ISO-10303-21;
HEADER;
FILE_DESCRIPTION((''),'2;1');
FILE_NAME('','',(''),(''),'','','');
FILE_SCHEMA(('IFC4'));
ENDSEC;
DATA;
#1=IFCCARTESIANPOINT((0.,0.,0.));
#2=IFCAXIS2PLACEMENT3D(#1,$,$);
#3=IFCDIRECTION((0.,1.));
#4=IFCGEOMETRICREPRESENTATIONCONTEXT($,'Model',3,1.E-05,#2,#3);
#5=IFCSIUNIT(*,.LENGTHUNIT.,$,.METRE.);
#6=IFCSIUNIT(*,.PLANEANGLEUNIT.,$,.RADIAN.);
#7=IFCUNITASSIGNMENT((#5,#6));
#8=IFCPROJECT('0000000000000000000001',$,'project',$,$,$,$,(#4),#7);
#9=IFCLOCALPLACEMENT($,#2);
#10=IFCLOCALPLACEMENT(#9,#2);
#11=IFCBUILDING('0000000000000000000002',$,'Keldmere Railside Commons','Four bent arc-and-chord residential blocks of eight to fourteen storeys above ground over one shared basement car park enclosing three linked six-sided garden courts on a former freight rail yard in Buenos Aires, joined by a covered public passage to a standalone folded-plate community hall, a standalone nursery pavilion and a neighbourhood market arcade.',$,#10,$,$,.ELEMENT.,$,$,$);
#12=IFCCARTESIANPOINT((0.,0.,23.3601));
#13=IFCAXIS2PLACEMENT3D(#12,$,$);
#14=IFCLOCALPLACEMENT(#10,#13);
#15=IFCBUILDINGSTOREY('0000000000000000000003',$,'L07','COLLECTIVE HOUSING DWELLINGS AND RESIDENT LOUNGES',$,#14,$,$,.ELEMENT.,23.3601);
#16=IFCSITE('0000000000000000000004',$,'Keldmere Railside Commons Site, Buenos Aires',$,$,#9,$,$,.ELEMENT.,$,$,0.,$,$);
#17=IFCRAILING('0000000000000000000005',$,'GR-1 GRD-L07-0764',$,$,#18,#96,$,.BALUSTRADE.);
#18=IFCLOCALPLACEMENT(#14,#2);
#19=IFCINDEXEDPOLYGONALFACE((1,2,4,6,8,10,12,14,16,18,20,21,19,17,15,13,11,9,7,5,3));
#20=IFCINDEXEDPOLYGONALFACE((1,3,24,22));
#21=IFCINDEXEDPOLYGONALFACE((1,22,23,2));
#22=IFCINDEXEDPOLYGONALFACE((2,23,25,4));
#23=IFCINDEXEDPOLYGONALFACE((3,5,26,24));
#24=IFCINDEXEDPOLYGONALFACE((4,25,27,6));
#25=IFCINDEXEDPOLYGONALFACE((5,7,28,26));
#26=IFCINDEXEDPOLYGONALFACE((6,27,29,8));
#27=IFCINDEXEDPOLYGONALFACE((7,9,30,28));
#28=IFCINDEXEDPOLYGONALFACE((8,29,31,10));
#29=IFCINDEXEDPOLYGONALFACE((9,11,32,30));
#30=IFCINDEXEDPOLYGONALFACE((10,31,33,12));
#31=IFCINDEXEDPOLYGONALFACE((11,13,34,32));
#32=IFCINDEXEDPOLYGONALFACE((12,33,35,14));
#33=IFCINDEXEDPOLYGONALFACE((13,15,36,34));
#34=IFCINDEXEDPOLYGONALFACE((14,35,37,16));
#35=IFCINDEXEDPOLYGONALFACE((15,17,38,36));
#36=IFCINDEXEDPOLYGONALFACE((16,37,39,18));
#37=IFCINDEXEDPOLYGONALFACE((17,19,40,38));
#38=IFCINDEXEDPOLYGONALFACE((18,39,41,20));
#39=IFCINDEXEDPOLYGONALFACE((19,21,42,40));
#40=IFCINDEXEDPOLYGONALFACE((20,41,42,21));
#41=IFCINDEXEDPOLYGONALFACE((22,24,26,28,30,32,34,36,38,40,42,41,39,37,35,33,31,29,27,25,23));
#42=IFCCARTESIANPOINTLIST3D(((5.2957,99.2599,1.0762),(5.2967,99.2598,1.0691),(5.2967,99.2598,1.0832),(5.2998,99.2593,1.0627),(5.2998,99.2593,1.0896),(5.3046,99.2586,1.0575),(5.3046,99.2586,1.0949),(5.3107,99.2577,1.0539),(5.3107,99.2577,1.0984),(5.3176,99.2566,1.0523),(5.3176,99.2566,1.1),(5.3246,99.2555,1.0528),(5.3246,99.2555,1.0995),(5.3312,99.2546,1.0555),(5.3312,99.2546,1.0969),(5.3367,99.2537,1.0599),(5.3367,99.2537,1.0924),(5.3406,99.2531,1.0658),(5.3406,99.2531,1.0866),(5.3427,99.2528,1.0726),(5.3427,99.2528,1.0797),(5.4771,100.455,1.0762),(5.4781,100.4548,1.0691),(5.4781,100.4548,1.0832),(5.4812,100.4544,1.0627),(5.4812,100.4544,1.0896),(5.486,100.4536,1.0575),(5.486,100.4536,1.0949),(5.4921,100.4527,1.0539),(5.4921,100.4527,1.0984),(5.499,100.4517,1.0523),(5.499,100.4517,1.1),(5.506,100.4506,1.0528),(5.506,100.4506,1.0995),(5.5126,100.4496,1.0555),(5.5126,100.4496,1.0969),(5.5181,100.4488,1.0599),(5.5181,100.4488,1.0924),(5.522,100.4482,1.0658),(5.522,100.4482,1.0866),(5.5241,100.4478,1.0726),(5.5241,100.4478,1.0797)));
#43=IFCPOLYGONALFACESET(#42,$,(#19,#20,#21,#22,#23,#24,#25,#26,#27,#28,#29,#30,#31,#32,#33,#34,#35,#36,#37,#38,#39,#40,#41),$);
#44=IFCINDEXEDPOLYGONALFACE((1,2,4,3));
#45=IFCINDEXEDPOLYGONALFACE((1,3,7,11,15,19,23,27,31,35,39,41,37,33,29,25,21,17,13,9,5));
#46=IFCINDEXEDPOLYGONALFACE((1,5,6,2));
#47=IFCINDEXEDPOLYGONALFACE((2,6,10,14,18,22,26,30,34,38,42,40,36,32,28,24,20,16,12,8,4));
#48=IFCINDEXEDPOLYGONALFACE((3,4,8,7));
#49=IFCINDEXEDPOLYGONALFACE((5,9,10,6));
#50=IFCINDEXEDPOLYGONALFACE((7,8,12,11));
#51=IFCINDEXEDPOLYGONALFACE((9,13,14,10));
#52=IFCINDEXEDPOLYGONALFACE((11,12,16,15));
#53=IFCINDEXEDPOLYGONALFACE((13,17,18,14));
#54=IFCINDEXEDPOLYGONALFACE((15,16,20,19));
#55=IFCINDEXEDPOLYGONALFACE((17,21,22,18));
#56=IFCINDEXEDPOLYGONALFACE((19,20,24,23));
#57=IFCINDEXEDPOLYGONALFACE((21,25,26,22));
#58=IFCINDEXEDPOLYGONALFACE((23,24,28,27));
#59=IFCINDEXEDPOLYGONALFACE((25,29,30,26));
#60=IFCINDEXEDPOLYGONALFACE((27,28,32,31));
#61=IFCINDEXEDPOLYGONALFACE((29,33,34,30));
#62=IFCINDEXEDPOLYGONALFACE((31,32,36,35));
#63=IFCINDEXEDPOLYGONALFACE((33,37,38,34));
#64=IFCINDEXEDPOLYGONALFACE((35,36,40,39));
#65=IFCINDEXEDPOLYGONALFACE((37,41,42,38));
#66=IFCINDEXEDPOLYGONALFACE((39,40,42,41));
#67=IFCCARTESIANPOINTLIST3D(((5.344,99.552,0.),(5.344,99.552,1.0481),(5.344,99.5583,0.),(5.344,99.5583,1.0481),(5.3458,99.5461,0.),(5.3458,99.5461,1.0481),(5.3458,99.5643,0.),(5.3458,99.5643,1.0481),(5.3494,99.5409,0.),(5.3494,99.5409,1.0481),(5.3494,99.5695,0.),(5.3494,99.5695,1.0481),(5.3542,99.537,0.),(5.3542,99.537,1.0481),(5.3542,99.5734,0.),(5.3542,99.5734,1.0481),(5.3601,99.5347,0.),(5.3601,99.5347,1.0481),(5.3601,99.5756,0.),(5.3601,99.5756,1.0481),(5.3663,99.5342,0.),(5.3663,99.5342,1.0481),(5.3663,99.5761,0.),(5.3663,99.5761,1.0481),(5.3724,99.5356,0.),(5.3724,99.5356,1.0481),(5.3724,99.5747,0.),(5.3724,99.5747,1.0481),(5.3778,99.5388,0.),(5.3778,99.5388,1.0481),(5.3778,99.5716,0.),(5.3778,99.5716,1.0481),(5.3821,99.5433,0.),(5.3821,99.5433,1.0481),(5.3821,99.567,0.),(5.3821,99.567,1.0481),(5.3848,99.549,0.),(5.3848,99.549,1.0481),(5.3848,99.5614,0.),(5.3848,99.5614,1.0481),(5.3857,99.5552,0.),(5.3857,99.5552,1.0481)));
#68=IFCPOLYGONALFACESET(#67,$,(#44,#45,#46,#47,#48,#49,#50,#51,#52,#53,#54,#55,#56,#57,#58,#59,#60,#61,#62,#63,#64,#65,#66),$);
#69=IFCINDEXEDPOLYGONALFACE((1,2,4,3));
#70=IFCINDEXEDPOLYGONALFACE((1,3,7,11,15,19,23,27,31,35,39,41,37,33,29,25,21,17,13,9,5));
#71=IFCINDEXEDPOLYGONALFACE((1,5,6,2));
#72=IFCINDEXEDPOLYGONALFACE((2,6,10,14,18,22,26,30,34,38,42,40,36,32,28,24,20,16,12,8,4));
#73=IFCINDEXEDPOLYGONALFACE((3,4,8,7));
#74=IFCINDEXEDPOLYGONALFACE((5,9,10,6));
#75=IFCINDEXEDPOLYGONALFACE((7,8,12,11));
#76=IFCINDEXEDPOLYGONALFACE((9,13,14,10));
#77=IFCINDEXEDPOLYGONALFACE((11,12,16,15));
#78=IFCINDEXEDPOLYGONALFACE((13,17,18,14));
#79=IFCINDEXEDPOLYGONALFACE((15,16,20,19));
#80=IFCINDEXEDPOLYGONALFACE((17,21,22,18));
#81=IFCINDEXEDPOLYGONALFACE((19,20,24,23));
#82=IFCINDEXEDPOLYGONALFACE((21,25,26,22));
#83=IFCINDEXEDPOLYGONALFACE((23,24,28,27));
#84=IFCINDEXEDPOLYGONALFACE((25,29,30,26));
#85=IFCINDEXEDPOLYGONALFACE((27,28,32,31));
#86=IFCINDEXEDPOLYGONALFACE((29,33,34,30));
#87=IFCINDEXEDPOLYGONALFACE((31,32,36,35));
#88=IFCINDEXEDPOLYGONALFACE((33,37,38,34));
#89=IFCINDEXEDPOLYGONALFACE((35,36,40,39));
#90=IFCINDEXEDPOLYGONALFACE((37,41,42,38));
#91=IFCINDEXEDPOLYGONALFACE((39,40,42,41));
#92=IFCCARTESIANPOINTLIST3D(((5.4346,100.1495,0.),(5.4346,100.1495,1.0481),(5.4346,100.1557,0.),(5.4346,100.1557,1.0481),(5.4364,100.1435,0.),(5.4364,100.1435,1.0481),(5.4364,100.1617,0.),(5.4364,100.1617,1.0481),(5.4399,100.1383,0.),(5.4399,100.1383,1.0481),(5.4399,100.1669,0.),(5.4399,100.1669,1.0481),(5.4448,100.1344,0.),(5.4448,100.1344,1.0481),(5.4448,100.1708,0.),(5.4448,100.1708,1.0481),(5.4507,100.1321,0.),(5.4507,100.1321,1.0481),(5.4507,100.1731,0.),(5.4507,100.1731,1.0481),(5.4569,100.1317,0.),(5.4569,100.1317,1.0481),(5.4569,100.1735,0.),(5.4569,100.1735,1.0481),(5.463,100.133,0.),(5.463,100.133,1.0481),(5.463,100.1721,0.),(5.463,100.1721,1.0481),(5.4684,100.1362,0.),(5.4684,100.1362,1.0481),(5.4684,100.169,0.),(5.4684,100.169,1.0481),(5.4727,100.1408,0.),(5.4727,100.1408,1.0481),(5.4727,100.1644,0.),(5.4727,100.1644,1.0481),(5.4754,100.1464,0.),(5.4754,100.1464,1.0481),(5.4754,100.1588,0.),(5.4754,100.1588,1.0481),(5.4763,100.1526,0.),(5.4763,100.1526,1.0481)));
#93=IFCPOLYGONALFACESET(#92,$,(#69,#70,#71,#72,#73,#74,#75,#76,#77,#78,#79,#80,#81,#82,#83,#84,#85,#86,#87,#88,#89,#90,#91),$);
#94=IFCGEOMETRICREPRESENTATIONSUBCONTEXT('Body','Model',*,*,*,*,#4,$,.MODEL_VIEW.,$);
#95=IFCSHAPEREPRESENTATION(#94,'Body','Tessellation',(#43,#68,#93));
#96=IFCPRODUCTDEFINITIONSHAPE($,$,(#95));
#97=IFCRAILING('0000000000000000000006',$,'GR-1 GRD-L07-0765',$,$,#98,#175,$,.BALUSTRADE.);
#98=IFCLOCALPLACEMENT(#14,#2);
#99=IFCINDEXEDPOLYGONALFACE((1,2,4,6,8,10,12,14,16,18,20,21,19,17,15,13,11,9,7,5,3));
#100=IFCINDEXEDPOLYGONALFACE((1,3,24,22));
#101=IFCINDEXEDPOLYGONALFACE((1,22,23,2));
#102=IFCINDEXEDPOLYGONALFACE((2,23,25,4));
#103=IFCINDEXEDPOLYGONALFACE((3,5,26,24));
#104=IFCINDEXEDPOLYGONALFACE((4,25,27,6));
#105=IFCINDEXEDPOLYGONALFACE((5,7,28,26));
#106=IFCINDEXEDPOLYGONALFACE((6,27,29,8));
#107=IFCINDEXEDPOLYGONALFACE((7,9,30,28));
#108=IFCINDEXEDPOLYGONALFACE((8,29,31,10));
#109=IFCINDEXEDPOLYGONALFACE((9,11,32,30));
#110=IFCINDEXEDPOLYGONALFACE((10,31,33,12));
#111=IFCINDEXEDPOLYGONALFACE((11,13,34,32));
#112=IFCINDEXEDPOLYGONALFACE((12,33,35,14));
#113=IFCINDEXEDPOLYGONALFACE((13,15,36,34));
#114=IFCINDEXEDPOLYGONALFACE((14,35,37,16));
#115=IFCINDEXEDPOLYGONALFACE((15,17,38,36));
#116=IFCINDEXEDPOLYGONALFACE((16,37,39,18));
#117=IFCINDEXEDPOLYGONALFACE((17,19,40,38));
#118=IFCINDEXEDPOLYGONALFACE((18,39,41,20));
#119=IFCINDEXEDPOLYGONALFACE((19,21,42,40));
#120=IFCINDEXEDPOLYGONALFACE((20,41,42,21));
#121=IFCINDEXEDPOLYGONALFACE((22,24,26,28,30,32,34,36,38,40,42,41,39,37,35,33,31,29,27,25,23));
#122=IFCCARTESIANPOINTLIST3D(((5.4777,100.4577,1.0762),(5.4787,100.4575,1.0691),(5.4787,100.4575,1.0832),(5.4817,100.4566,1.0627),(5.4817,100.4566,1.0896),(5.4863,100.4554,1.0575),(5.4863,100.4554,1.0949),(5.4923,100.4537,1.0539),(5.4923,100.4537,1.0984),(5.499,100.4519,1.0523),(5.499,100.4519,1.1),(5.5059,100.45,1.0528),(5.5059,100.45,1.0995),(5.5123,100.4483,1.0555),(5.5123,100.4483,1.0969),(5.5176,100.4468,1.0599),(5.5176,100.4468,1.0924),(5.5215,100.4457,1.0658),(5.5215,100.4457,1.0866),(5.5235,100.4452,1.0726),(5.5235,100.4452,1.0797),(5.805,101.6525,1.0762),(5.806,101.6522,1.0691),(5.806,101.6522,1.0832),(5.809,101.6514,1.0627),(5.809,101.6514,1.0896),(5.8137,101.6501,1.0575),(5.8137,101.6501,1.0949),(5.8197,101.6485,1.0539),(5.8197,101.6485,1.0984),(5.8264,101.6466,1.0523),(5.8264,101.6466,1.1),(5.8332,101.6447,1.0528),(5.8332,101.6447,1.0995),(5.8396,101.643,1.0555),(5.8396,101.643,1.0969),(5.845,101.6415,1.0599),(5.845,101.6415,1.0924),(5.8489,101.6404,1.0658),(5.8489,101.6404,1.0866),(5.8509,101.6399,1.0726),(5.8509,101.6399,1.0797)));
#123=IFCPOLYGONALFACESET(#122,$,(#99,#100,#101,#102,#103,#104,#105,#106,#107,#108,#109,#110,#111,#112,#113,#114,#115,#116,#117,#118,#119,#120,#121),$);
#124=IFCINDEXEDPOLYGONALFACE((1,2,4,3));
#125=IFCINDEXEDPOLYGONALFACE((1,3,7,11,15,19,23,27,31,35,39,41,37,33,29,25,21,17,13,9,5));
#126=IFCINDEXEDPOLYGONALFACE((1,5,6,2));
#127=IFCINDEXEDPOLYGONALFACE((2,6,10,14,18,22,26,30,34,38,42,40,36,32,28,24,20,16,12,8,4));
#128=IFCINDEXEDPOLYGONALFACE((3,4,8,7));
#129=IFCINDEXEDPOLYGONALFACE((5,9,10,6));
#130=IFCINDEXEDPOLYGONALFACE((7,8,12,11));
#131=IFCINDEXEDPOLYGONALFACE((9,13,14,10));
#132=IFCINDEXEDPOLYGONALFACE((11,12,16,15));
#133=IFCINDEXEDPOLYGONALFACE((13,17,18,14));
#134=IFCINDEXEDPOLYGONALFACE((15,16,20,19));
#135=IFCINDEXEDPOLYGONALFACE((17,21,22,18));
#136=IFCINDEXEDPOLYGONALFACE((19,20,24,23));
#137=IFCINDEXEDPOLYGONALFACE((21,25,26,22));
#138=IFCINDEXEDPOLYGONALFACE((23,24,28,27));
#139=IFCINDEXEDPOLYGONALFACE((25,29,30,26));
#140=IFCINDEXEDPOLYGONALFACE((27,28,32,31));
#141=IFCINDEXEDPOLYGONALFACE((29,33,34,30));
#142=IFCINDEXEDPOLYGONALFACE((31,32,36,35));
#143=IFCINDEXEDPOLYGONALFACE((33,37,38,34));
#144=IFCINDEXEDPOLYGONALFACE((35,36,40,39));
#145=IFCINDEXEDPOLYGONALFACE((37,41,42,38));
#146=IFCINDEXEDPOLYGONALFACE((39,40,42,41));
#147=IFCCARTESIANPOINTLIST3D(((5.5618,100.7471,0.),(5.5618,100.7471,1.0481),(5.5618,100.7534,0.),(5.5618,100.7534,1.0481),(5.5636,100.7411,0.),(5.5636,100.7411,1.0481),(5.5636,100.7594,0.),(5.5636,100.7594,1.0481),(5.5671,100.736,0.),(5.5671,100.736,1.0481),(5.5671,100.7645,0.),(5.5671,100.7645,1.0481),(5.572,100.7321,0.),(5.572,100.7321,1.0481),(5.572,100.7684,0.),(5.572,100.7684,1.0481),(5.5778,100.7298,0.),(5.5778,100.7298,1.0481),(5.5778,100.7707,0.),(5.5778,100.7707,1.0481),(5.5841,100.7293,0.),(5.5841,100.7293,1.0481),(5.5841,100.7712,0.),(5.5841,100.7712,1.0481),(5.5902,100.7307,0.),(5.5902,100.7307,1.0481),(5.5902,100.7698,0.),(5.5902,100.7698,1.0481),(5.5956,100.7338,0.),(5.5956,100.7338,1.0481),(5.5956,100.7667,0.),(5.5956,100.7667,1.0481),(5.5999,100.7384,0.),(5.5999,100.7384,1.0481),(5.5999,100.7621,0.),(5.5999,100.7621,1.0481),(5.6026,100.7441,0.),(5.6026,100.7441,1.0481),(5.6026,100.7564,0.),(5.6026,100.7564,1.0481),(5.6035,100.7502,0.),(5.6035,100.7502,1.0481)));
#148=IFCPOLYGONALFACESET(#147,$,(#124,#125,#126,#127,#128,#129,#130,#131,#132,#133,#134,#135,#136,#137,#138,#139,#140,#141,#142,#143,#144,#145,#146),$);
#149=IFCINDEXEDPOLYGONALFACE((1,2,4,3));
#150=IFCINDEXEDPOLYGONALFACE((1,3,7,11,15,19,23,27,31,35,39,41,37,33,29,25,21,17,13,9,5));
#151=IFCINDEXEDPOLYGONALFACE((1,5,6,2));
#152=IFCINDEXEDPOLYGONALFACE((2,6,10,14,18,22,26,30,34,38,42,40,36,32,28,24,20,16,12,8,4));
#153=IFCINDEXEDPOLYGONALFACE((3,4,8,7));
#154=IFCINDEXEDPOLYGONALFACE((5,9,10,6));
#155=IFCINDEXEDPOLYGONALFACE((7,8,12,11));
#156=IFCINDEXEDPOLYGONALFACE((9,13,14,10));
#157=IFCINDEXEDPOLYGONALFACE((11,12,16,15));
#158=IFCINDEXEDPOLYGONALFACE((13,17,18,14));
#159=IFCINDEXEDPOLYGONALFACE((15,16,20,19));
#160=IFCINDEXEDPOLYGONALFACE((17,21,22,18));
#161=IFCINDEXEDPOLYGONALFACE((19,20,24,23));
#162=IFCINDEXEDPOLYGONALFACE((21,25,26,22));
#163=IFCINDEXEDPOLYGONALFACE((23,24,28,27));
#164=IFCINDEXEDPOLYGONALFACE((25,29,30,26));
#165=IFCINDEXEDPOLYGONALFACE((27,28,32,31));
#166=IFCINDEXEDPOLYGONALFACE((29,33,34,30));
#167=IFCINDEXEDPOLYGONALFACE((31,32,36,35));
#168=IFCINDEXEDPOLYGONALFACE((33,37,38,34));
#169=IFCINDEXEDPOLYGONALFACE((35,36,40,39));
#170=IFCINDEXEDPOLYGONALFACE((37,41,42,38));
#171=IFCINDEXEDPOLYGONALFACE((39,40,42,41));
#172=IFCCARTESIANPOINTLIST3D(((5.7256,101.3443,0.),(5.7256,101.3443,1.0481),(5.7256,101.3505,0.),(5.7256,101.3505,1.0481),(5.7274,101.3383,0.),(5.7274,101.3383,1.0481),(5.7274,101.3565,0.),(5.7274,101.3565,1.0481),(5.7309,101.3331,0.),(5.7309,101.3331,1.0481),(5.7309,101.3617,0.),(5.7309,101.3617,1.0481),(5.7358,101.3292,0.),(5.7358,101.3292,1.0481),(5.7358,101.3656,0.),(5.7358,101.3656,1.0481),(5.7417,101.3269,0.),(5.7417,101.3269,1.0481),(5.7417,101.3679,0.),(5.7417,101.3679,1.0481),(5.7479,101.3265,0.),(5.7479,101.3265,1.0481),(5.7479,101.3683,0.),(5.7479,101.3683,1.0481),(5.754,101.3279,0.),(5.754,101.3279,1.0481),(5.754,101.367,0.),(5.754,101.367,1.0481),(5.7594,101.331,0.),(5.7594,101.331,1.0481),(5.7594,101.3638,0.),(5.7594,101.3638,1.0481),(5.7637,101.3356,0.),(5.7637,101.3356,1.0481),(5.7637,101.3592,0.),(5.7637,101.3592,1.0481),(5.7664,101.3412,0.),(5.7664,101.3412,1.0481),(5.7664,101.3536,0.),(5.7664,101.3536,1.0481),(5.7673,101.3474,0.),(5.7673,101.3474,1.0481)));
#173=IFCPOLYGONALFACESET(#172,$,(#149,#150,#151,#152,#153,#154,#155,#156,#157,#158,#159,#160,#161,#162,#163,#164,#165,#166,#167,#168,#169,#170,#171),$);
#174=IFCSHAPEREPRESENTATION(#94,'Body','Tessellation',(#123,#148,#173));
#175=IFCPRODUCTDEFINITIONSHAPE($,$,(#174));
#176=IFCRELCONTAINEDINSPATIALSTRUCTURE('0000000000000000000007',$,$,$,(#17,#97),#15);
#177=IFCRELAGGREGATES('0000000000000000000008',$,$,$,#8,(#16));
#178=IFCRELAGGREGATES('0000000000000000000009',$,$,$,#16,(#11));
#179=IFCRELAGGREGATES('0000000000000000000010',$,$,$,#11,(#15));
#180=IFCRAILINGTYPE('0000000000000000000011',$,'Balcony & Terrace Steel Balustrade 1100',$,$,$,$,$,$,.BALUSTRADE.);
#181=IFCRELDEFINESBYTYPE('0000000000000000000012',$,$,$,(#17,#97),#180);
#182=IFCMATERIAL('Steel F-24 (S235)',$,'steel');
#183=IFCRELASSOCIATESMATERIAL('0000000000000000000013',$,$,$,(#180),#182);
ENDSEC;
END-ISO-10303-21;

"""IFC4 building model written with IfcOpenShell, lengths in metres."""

from ifc_helpers import new_model, si_unit, direction, frame, origin, origin_2d, place, context, subcontext, project, spatial, circle, extrude, material, type_object, element, save


model = new_model("IFC4")

# Units and contexts
model_context = context("Model", 3, precision=1e-05, world=origin(), true_north=direction((0.0, 1.0)))
body_context = subcontext(model_context, "Body", "Model", "MODEL_VIEW")
ifc_project = project(units=[si_unit("LENGTHUNIT", "METRE"), si_unit("PLANEANGLEUNIT", "RADIAN")], contexts=[model_context])

# Site, building, storey
site_placement = place(None, origin())
site = spatial("IfcSite", under=ifc_project, at=site_placement, Name="Keldmere Railside Commons Site, Buenos Aires", CompositionType="ELEMENT", RefElevation=0.0)
building_placement = place(site_placement, origin())
building = spatial("IfcBuilding", under=site, at=building_placement, Name="Keldmere Railside Commons", Description="Four bent arc-and-chord residential blocks of eight to fourteen storeys above ground over one shared basement car park enclosing three linked six-sided garden courts on a former freight rail yard in Buenos Aires, joined by a covered public passage to a standalone folded-plate community hall, a standalone nursery pavilion and a neighbourhood market arcade.", CompositionType="ELEMENT")
storey_placement = place(building_placement, frame((0.0, 0.0, 23.3601)))
storey = spatial("IfcBuildingStorey", under=building, at=storey_placement, Name="L07", Description="COLLECTIVE HOUSING DWELLINGS AND RESIDENT LOUNGES", CompositionType="ELEMENT", Elevation=23.3601)

# Railings
ifc_material_1 = material(Name="Steel F-24 (S235)", Category="steel")
railing_type = type_object("IfcRailingType", Name="Balcony & Terrace Steel Balustrade 1100", PredefinedType="BALUSTRADE", material=ifc_material_1)
railing_1_placement = place(storey_placement, frame((5.3193, 99.2563, 0.0)))
element("IfcRailing", 1, at=railing_1_placement, inside=storey, type_object=railing_type, Name="GR-1 GRD-L07-0764", PredefinedType="BALUSTRADE", context=body_context, shape_type="SweptSolid", body=[
    extrude(circle(Radius=0.0239, at=origin_2d()), frame((0.0, 0.0, 1.0762), z_axis=(0.150069, 0.988676, 0.0), x_axis=(-0.988676, 0.150069, 0.0)), (0.0, 0.0, 1.0), 1.2087),
    extrude(circle(Radius=0.021, at=origin_2d()), frame((0.0454, 0.2988, 0.0)), (0.0, 0.0, 1.0), 1.0481),
    extrude(circle(Radius=0.021, at=origin_2d()), frame((0.136, 0.8962, 0.0)), (0.0, 0.0, 1.0), 1.0481),
])
railing_2_placement = place(storey_placement, frame((5.5007, 100.4514, 0.0)))
element("IfcRailing", 2, at=railing_2_placement, inside=storey, type_object=railing_type, Name="GR-1 GRD-L07-0765", PredefinedType="BALUSTRADE", context=body_context, shape_type="SweptSolid", body=[
    extrude(circle(Radius=0.0239, at=origin_2d()), frame((0.0, 0.0, 1.0762), z_axis=(0.264268, 0.964449, 0.0), x_axis=(-0.964449, 0.264268, 0.0)), (0.0, 0.0, 1.0), 1.2388),
    extrude(circle(Radius=0.021, at=origin_2d()), frame((0.0818, 0.2988, 0.0)), (0.0, 0.0, 1.0), 1.0481),
    extrude(circle(Radius=0.021, at=origin_2d()), frame((0.2456, 0.896, 0.0)), (0.0, 0.0, 1.0), 1.0481),
])

save(model, "model.ifc")
